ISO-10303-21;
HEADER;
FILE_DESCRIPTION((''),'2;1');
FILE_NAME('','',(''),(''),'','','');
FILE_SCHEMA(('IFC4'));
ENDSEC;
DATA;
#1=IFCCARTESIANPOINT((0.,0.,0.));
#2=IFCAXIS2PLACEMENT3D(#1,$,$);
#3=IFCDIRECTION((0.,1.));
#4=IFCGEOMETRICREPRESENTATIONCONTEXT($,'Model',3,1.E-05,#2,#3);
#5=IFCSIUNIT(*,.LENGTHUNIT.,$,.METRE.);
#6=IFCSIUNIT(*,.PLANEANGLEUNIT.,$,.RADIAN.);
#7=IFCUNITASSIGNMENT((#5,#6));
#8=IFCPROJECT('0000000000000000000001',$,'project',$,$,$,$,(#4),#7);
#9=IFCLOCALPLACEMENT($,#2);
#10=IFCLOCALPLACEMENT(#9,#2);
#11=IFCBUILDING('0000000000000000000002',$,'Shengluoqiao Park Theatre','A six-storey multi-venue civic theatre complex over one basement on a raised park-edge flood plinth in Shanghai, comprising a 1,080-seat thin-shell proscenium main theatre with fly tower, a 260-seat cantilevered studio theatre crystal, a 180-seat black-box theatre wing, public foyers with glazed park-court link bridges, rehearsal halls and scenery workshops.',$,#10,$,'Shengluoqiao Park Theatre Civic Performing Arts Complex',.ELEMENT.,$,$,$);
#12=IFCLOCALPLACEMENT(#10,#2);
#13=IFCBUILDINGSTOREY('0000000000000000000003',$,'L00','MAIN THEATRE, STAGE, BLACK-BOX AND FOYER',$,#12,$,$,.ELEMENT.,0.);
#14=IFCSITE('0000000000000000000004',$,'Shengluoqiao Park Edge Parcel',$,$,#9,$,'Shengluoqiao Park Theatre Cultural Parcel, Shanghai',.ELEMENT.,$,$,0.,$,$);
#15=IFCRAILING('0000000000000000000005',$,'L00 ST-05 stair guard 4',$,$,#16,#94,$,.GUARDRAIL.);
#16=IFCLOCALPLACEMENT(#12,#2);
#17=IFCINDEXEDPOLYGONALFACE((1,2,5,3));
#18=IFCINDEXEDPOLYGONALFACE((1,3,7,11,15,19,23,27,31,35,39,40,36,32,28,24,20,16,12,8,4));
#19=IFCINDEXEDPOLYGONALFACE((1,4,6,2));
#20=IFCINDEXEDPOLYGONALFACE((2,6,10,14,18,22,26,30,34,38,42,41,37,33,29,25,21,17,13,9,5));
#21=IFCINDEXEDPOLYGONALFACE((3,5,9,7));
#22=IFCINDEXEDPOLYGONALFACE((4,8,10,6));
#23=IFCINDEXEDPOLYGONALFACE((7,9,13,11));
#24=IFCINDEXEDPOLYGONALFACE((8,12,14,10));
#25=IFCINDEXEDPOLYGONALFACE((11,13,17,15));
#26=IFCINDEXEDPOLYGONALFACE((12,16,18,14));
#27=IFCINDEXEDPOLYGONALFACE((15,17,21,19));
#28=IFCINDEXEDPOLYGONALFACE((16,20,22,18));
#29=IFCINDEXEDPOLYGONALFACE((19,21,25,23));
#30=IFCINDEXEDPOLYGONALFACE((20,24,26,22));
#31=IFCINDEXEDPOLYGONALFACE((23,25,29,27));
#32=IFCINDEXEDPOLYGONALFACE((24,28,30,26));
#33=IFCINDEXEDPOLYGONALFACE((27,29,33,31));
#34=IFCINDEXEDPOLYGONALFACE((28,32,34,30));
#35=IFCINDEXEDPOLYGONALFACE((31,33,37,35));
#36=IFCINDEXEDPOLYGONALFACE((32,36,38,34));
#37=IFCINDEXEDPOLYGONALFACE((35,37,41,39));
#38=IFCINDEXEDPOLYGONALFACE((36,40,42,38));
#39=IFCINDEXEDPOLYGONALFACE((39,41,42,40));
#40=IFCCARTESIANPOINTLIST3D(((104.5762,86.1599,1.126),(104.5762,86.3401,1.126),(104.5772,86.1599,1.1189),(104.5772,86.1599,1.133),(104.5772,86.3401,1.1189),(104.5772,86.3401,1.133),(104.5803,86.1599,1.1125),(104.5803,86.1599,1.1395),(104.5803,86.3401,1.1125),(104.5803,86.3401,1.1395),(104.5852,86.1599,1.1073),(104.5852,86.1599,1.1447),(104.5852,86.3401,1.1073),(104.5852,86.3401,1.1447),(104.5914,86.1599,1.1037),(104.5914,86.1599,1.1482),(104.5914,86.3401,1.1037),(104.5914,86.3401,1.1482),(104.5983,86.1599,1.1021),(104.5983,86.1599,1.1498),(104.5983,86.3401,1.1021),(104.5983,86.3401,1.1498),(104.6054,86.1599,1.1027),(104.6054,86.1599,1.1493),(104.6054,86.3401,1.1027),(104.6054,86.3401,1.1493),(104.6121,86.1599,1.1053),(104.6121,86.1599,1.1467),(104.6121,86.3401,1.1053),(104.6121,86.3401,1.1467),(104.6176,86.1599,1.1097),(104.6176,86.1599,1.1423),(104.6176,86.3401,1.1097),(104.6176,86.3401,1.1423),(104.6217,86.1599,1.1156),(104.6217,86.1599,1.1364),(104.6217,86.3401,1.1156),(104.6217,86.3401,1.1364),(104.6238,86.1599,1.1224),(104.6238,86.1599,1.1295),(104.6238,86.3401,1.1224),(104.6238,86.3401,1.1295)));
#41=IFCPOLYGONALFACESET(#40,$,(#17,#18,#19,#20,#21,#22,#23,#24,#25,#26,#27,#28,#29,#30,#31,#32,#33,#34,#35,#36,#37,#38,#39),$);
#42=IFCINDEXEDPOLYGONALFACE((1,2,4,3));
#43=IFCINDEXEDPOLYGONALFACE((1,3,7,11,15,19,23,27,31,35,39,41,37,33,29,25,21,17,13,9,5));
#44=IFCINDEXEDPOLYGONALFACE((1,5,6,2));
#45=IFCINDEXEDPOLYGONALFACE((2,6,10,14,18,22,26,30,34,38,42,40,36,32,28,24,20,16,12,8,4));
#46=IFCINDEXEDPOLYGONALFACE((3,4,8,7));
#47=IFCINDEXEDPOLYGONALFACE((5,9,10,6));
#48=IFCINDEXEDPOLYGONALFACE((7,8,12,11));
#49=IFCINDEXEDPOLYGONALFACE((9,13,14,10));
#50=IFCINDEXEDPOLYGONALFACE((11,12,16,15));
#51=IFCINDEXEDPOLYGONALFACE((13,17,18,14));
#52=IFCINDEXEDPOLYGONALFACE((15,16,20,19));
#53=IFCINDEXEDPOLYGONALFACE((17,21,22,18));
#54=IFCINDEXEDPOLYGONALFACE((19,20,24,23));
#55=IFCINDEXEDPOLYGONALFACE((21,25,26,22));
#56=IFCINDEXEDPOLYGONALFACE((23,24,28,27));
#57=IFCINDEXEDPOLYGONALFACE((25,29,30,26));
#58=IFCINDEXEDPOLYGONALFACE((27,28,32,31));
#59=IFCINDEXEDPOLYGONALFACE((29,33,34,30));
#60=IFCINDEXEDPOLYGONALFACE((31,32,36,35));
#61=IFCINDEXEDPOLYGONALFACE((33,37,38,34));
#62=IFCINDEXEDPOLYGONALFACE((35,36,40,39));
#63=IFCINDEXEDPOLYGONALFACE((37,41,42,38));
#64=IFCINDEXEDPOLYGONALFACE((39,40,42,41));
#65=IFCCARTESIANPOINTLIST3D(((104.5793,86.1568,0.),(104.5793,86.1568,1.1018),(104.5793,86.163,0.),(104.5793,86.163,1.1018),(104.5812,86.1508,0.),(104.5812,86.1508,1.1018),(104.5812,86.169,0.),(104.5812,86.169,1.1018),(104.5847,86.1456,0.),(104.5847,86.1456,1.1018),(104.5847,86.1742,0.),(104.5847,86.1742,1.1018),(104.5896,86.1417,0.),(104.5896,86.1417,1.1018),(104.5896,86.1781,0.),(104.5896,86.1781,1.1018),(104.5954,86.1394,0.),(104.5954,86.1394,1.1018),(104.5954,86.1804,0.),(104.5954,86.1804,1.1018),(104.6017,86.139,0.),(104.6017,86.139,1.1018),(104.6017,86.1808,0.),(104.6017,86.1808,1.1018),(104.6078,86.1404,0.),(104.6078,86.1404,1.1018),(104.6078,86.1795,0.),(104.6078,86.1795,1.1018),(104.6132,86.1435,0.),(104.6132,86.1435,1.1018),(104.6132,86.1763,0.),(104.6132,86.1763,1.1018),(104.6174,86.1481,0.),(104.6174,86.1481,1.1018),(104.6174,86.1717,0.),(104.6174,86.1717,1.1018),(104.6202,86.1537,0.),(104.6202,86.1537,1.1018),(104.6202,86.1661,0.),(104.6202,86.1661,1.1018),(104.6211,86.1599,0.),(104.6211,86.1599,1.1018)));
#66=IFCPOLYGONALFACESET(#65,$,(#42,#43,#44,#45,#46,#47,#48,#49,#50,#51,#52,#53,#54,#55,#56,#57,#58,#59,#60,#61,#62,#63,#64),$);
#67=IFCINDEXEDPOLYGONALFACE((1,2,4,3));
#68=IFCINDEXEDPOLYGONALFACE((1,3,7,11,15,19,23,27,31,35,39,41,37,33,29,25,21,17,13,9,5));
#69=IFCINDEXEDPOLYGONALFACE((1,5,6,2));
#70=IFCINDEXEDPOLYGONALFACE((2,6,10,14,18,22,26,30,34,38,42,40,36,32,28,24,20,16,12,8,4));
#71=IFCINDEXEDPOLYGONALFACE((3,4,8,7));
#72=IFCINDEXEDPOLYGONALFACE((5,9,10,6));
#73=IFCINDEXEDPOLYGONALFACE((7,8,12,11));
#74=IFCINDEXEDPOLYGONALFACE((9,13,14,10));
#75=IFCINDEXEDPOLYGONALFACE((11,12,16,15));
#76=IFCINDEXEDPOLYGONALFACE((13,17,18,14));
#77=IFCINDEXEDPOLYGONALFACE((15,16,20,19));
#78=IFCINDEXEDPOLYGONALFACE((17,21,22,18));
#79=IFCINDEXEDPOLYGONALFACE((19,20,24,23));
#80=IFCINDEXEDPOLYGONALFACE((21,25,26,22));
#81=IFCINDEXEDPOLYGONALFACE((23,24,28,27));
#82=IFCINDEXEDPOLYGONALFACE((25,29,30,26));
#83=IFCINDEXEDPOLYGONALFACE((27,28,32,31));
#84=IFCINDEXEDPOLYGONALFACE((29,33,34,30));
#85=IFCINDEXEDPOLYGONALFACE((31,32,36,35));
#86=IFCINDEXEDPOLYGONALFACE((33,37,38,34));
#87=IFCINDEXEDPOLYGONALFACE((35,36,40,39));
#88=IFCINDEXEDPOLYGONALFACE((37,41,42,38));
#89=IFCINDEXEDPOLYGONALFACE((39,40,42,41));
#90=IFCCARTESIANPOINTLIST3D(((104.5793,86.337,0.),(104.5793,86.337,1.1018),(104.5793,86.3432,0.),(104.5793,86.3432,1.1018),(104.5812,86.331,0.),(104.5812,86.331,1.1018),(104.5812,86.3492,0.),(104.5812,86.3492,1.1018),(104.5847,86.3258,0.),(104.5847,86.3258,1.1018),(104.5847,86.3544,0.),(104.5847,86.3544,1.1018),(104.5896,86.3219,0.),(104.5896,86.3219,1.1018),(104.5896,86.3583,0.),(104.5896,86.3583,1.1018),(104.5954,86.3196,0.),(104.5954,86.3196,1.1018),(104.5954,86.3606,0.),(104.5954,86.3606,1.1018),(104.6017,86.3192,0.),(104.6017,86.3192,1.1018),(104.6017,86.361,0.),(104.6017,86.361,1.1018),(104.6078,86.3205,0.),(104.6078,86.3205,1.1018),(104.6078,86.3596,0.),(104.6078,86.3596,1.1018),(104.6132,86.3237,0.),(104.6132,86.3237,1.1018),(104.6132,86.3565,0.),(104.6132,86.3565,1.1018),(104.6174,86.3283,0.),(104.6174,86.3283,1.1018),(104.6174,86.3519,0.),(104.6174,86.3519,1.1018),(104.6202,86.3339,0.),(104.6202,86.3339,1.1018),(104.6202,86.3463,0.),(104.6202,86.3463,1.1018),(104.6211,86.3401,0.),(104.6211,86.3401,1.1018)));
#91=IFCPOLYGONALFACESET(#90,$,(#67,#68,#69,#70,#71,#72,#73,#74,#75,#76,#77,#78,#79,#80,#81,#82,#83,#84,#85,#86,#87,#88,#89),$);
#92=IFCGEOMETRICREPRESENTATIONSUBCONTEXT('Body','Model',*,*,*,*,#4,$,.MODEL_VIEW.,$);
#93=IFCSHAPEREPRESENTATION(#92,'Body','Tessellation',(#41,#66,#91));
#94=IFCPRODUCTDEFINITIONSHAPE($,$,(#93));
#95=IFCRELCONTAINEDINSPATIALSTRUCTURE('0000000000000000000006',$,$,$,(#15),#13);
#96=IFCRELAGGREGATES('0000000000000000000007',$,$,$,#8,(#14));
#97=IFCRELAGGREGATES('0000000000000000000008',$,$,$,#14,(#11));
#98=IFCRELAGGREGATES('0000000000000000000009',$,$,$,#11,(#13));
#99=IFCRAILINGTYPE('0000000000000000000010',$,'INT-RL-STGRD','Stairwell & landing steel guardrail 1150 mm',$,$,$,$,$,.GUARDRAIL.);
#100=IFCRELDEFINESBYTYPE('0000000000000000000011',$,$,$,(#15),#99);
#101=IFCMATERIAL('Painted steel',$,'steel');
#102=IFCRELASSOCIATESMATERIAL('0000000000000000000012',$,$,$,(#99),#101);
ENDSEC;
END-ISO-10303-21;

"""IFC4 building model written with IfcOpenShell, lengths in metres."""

from ifc_helpers import new_model, si_unit, direction, frame, origin, origin_2d, place, context, subcontext, project, spatial, circle, extrude, material, type_object, element, save


model = new_model("IFC4")

# Units and contexts
model_context = context("Model", 3, precision=1e-05, world=origin(), true_north=direction((0.0, 1.0)))
body_context = subcontext(model_context, "Body", "Model", "MODEL_VIEW")
ifc_project = project(units=[si_unit("LENGTHUNIT", "METRE"), si_unit("PLANEANGLEUNIT", "RADIAN")], contexts=[model_context])

# Site, building, storey
site_placement = place(None, origin())
site = spatial("IfcSite", under=ifc_project, at=site_placement, Name="Shengluoqiao Park Edge Parcel", LongName="Shengluoqiao Park Theatre Cultural Parcel, Shanghai", CompositionType="ELEMENT", RefElevation=0.0)
building_placement = place(site_placement, origin())
building = spatial("IfcBuilding", under=site, at=building_placement, Name="Shengluoqiao Park Theatre", Description="A six-storey multi-venue civic theatre complex over one basement on a raised park-edge flood plinth in Shanghai, comprising a 1,080-seat thin-shell proscenium main theatre with fly tower, a 260-seat cantilevered studio theatre crystal, a 180-seat black-box theatre wing, public foyers with glazed park-court link bridges, rehearsal halls and scenery workshops.", LongName="Shengluoqiao Park Theatre Civic Performing Arts Complex", CompositionType="ELEMENT")
storey_placement = place(building_placement, origin())
storey = spatial("IfcBuildingStorey", under=building, at=storey_placement, Name="L00", Description="MAIN THEATRE, STAGE, BLACK-BOX AND FOYER", CompositionType="ELEMENT", Elevation=0.0)

# Railing
ifc_material_1 = material(Name="Painted steel", Category="steel")
railing_type_1 = type_object("IfcRailingType", Name="INT-RL-STGRD", Description="Stairwell & landing steel guardrail 1150 mm", PredefinedType="GUARDRAIL", material=ifc_material_1)
railing_1_placement = place(storey_placement, frame((104.6001, 86.1599, 0.0)))
element("IfcRailing", 1, at=railing_1_placement, inside=storey, type_object=railing_type_1, Name="L00 ST-05 stair guard 4", PredefinedType="GUARDRAIL", context=body_context, shape_type="SweptSolid", body=[
    extrude(circle(Radius=0.0239, at=origin_2d()), frame((0.0, 0.0, 1.126), z_axis=(0.0, 1.0, 0.0), x_axis=(-1.0, 0.0, 0.0)), (0.0, 0.0, 1.0), 0.1802),
    extrude(circle(Radius=0.021, at=origin_2d()), origin(), (0.0, 0.0, 1.0), 1.1018),
    extrude(circle(Radius=0.021, at=origin_2d()), frame((0.0, 0.1802, 0.0)), (0.0, 0.0, 1.0), 1.1018),
])

save(model, "model.ifc")
